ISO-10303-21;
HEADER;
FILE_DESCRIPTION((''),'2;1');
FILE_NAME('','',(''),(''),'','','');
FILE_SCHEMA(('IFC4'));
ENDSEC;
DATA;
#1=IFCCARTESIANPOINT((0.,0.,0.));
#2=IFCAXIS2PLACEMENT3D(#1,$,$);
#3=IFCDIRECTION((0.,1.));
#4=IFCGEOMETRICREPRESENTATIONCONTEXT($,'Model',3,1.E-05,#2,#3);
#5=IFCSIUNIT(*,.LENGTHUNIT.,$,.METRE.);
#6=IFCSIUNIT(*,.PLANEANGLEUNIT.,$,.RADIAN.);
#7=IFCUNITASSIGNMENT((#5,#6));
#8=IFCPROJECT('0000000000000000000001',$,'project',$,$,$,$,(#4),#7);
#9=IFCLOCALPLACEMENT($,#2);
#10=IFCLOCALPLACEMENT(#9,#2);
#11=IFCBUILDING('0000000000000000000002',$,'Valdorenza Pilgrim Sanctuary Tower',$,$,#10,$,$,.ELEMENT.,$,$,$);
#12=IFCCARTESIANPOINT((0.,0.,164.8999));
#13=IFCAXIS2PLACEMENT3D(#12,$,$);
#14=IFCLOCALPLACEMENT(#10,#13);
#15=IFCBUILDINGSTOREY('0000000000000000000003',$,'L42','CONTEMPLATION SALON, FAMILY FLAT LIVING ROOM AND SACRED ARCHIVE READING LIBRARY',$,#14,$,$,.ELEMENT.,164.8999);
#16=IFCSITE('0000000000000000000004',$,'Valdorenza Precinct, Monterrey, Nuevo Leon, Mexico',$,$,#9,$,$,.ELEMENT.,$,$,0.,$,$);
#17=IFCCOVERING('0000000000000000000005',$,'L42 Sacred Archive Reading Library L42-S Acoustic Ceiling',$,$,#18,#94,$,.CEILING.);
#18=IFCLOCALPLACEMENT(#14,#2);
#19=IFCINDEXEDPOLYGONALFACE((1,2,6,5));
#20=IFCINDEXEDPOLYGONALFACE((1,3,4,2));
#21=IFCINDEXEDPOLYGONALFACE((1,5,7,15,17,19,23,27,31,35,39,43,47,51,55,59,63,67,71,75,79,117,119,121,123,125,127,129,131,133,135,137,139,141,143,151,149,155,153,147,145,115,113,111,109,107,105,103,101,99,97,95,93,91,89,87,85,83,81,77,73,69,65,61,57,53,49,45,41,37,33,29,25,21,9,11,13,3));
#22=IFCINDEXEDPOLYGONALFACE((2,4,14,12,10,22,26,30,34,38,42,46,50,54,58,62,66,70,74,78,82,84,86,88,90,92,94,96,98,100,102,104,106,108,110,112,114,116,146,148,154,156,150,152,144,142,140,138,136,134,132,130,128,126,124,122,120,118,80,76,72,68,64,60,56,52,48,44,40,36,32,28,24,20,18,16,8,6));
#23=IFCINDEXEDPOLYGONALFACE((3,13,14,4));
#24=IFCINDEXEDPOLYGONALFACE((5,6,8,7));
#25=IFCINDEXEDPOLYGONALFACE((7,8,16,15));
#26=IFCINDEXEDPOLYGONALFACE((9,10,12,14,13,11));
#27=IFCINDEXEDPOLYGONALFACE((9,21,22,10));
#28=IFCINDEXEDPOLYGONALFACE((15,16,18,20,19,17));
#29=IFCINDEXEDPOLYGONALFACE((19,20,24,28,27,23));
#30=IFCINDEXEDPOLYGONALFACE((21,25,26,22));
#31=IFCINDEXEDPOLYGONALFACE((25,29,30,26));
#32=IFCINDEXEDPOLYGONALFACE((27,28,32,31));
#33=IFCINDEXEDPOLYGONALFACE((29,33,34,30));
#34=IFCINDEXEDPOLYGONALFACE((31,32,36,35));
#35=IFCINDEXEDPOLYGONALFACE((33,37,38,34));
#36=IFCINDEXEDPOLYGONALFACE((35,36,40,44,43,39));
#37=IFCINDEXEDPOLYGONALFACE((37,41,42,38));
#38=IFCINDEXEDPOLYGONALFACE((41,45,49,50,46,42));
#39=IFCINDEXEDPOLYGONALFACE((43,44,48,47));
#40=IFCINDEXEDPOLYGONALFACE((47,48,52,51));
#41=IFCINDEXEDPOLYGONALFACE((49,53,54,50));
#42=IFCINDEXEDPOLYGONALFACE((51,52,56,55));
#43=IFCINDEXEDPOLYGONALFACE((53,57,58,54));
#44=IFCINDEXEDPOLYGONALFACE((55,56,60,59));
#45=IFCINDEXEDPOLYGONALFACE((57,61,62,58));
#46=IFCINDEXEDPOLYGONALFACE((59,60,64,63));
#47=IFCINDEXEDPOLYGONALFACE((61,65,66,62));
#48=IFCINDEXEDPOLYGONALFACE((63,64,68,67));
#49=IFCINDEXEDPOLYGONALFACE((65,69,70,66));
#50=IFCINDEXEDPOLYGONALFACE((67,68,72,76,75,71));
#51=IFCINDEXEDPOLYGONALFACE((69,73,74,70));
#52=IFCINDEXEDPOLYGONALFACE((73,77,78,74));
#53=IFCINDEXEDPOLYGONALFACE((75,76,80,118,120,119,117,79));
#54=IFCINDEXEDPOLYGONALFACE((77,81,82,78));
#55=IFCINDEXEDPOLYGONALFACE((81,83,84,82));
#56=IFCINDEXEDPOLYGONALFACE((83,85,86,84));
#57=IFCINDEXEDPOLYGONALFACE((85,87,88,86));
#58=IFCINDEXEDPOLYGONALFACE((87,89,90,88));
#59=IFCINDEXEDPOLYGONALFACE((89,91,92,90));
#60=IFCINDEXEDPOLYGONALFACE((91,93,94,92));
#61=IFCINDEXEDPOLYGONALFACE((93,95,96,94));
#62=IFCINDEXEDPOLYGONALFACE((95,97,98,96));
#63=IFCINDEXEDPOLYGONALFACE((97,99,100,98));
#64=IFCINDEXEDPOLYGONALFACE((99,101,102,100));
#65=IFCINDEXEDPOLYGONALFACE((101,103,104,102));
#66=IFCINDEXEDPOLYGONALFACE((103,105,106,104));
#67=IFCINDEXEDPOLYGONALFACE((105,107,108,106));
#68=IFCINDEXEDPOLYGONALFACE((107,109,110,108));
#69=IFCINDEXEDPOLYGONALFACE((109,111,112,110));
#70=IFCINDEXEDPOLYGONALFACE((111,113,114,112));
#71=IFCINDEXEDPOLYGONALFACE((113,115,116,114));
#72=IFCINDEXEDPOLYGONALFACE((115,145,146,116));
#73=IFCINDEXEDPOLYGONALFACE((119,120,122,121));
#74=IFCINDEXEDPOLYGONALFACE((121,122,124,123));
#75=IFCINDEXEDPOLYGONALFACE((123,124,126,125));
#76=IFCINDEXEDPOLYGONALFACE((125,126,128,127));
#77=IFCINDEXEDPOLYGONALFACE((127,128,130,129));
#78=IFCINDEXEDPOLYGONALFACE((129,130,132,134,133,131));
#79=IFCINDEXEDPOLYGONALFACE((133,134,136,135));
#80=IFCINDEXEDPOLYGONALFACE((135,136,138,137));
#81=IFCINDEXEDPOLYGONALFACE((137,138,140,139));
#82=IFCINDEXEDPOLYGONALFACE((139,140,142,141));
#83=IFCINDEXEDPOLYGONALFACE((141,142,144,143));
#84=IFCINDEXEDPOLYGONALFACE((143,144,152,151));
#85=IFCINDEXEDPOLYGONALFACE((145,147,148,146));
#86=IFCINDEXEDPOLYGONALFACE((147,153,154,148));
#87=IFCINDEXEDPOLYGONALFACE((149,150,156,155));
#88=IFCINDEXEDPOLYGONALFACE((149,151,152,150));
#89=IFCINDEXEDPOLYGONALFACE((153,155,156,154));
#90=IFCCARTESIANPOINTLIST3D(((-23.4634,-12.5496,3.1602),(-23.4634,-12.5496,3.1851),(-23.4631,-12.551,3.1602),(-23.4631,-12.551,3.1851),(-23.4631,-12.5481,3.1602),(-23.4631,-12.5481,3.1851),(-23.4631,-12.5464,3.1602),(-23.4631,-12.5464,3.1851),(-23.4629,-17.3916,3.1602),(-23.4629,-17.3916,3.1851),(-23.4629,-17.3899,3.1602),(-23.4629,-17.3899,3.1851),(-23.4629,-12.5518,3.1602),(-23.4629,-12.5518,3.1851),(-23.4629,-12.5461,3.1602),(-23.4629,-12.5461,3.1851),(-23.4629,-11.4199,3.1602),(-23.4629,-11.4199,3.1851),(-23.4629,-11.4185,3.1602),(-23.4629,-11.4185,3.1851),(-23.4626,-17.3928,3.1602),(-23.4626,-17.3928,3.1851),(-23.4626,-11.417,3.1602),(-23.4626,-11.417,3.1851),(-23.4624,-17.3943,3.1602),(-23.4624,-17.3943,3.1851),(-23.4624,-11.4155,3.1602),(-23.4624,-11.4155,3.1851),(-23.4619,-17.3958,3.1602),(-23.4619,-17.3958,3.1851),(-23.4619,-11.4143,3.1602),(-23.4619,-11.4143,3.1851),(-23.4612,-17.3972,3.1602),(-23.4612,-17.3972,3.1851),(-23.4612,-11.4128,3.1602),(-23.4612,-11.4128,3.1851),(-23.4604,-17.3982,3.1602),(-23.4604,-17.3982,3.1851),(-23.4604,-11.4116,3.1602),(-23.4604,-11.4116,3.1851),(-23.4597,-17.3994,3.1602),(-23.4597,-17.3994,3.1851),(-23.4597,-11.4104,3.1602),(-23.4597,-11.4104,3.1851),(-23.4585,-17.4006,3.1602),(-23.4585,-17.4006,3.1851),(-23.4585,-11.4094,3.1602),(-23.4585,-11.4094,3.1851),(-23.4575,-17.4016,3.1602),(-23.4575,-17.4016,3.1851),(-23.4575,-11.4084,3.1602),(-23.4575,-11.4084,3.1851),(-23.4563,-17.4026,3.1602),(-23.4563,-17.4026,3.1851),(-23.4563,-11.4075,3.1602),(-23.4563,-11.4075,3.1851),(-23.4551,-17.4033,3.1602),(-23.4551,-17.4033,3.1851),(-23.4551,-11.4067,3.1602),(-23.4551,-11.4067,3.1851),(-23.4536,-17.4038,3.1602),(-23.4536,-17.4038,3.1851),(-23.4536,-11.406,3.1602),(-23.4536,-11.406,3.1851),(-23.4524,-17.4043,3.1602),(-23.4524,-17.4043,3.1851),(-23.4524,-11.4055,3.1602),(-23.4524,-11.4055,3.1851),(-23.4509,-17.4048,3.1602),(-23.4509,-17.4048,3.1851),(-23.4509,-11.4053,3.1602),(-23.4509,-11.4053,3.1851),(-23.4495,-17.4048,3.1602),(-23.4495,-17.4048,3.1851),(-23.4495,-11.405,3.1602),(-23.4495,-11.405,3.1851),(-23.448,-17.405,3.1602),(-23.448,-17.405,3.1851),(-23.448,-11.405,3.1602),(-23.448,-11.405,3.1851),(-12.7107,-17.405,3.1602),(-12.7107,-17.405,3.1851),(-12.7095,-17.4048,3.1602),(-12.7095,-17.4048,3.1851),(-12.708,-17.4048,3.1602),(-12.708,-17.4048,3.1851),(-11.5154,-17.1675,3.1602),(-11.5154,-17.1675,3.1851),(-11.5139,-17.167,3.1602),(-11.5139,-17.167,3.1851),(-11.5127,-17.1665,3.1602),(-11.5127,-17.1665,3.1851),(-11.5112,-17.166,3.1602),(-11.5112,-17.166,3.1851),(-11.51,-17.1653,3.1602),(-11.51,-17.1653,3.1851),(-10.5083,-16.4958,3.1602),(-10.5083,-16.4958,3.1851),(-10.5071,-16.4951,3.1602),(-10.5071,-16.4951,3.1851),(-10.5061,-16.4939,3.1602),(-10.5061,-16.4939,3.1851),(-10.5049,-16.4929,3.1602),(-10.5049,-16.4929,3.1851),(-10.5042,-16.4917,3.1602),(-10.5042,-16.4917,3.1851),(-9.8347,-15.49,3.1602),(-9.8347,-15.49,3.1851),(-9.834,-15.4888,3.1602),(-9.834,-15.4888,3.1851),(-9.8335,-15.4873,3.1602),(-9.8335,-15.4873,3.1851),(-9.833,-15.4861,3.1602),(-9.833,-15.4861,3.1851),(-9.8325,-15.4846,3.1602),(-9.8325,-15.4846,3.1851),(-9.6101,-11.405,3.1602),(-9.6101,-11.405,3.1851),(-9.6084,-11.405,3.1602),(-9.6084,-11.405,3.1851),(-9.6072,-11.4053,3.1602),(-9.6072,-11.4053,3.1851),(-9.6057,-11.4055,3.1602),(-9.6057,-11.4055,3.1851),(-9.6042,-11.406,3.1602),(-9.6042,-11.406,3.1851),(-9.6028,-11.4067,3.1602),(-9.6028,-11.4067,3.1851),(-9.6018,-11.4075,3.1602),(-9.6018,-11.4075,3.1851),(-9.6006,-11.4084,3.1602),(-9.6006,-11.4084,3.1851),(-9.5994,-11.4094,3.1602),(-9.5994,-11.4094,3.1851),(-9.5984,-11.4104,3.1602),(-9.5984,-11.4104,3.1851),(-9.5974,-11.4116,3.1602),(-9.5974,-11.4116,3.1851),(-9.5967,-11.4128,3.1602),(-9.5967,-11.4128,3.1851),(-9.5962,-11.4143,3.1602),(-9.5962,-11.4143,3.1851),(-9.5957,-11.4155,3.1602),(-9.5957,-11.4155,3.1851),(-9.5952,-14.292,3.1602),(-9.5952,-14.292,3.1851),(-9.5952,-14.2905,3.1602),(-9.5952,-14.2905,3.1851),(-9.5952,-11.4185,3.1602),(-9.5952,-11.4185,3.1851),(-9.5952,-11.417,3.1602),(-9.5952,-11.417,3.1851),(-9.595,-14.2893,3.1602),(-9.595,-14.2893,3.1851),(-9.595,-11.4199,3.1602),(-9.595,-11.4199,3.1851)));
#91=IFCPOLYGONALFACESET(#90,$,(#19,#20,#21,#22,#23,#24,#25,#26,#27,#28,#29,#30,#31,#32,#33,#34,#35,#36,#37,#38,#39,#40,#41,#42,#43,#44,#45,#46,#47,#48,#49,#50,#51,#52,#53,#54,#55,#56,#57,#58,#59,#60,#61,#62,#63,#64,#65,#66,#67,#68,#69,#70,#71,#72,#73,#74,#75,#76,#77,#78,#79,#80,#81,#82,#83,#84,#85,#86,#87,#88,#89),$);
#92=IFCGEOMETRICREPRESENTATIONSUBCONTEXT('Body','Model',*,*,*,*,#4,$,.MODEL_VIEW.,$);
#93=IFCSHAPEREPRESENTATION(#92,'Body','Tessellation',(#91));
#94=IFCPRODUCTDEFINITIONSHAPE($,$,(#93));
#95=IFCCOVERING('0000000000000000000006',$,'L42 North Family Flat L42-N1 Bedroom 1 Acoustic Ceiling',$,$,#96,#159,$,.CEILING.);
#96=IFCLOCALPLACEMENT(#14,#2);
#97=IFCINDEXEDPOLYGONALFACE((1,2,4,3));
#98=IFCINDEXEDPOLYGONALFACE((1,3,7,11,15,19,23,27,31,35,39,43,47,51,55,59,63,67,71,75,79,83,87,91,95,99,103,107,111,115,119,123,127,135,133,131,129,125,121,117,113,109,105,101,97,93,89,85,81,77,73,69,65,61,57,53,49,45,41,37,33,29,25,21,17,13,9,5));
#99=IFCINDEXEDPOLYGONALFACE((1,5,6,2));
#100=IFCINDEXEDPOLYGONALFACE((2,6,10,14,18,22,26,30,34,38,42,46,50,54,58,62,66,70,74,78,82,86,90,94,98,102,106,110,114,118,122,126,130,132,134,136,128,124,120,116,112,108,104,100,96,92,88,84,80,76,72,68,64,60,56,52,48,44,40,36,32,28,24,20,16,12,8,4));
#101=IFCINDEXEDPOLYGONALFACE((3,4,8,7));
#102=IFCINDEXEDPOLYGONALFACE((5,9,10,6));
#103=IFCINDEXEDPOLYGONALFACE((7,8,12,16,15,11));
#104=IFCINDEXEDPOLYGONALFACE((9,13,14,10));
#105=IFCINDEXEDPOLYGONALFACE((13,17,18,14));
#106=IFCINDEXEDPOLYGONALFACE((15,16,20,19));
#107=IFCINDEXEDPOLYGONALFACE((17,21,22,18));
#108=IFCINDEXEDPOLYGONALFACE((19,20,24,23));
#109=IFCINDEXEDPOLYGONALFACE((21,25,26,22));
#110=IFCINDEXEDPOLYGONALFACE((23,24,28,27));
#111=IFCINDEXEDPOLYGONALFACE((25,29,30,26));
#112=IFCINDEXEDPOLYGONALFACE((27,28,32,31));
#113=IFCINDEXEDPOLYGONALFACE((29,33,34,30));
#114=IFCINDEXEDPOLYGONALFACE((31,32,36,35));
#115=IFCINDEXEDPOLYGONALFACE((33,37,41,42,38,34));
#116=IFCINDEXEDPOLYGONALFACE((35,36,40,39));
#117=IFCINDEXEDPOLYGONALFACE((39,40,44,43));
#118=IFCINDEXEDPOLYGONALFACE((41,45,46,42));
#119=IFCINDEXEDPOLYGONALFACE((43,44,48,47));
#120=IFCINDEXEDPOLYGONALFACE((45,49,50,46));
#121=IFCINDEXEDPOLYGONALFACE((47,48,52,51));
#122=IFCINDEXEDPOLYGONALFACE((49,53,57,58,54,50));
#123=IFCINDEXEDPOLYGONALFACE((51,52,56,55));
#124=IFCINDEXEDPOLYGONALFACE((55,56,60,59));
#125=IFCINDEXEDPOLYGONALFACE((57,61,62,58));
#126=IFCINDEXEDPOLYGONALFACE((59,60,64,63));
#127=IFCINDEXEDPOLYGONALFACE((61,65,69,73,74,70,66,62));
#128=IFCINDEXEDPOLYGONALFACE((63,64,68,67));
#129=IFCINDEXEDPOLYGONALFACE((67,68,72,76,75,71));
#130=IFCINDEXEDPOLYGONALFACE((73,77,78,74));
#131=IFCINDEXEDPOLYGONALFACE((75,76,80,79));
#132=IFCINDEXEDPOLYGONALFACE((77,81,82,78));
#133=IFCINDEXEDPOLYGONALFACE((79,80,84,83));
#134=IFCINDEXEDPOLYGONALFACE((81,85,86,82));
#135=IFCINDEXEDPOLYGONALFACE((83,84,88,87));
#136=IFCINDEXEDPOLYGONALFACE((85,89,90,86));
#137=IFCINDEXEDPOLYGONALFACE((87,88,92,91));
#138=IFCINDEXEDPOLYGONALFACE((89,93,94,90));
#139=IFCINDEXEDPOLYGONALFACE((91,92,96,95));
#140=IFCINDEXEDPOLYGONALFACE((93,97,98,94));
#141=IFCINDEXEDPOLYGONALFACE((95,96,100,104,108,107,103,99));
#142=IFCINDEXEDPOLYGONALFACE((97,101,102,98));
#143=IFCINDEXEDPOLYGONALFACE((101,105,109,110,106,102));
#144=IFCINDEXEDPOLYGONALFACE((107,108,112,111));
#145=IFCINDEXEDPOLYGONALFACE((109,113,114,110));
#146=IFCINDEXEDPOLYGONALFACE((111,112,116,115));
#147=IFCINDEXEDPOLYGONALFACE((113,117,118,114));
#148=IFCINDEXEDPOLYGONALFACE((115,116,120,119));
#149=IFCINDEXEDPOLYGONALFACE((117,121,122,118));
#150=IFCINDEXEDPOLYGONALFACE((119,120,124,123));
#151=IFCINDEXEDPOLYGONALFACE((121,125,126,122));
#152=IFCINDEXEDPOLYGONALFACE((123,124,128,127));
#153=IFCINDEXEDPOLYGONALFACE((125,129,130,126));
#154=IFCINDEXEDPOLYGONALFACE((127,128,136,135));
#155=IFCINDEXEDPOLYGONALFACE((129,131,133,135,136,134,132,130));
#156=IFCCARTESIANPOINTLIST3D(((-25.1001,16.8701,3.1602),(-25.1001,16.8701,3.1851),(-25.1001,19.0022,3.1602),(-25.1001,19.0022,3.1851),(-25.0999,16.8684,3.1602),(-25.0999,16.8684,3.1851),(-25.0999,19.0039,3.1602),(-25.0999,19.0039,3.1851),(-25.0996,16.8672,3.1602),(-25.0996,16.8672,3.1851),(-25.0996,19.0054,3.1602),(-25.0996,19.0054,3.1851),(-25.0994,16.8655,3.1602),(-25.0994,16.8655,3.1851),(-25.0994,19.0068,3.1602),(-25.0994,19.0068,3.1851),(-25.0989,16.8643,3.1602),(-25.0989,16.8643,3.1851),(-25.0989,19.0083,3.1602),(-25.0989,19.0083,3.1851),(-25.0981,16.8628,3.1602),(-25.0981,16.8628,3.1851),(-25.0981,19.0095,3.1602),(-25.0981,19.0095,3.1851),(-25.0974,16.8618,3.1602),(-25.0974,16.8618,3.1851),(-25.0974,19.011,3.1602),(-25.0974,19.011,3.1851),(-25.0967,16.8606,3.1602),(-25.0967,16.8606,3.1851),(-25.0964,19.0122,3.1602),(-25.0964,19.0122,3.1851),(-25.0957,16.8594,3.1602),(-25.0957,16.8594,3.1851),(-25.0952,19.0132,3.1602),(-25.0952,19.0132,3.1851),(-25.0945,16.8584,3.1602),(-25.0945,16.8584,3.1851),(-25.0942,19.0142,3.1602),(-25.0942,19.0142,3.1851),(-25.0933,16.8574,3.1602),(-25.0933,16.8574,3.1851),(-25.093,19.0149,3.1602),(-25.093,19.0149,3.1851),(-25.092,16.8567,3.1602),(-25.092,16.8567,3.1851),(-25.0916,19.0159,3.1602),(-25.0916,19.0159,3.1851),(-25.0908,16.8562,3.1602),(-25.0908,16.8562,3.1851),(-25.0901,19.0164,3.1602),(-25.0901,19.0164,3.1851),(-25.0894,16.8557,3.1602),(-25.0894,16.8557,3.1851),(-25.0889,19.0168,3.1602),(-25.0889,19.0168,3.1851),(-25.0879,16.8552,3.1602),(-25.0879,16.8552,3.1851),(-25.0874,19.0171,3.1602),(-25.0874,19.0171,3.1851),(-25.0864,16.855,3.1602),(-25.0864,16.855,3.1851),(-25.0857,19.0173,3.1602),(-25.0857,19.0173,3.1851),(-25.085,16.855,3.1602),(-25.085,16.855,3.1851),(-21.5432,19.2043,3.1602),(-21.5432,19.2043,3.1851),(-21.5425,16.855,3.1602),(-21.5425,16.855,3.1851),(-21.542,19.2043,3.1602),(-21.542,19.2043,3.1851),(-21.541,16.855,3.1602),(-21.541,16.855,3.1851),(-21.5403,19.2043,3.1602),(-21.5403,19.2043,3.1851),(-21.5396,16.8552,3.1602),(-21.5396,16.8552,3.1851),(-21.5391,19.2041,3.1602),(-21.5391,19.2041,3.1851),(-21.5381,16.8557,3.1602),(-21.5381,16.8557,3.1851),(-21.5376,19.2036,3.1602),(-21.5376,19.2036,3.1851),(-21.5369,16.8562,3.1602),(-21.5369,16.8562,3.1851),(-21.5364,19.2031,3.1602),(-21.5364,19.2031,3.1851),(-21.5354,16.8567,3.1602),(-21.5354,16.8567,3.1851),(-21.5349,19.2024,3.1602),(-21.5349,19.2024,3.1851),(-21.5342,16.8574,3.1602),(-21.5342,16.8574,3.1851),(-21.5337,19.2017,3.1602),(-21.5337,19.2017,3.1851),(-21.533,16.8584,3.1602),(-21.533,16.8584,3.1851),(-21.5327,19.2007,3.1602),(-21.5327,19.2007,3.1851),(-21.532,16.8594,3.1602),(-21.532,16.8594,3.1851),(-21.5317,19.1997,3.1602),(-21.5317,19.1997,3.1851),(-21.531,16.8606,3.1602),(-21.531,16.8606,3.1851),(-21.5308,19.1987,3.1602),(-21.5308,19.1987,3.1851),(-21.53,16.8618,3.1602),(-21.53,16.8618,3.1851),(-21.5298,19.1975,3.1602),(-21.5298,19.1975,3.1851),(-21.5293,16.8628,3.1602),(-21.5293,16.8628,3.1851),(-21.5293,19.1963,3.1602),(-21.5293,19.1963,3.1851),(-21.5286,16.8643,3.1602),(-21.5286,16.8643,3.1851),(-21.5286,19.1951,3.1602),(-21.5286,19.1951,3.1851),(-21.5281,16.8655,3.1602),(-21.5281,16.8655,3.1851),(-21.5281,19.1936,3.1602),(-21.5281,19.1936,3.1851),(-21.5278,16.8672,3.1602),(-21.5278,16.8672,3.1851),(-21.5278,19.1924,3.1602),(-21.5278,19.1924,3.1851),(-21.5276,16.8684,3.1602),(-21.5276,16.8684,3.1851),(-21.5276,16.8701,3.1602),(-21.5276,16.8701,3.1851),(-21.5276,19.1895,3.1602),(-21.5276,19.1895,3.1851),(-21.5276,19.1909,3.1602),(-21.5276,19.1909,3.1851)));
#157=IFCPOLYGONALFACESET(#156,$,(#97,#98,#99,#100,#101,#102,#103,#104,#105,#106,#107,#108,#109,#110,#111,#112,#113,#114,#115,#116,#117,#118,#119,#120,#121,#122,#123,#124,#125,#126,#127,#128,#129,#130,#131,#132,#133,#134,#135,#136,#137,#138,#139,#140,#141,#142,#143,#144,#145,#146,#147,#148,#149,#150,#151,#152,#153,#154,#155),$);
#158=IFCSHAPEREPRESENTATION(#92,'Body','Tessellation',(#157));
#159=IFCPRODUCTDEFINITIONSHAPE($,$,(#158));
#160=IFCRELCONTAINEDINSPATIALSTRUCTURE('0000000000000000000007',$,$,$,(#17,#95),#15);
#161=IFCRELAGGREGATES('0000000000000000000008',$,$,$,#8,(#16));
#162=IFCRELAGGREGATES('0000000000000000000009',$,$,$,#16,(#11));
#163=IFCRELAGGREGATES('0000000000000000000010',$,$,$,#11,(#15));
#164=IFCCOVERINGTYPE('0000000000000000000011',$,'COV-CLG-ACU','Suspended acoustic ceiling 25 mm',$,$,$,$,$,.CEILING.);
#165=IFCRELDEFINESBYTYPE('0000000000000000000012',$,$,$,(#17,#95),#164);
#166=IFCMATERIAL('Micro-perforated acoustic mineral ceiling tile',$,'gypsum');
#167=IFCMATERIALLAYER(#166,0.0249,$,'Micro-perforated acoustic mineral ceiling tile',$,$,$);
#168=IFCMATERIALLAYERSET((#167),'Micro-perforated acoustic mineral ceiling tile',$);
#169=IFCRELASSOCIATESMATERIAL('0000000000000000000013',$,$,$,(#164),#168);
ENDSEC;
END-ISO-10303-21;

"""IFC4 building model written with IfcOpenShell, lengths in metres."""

from ifc_helpers import new_model, si_unit, direction, frame, origin, place, context, subcontext, project, spatial, polyline, outline, extrude, material, layer, layer_set, type_object, element, save


model = new_model("IFC4")

# Units and contexts
model_context = context("Model", 3, precision=1e-05, world=origin(), true_north=direction((0.0, 1.0)))
body_context = subcontext(model_context, "Body", "Model", "MODEL_VIEW")
ifc_project = project(units=[si_unit("LENGTHUNIT", "METRE"), si_unit("PLANEANGLEUNIT", "RADIAN")], contexts=[model_context])

# Site, building, storey
site_placement = place(None, origin())
site = spatial("IfcSite", under=ifc_project, at=site_placement, Name="Valdorenza Precinct, Monterrey, Nuevo Leon, Mexico", CompositionType="ELEMENT", RefElevation=0.0)
building_placement = place(site_placement, origin())
building = spatial("IfcBuilding", under=site, at=building_placement, Name="Valdorenza Pilgrim Sanctuary Tower", CompositionType="ELEMENT")
storey_placement = place(building_placement, frame((0.0, 0.0, 164.8999)))
storey = spatial("IfcBuildingStorey", under=building, at=storey_placement, Name="L42", Description="CONTEMPLATION SALON, FAMILY FLAT LIVING ROOM AND SACRED ARCHIVE READING LIBRARY", CompositionType="ELEMENT", Elevation=164.8999)

# Coverings
ifc_material_1 = material(Name="Micro-perforated acoustic mineral ceiling tile", Category="gypsum")
ifc_layer_1 = layer(ifc_material_1, 0.0249, Name="Micro-perforated acoustic mineral ceiling tile")
ifc_layer_set_1 = layer_set([ifc_layer_1], Name="Micro-perforated acoustic mineral ceiling tile")
covering_type_1 = type_object("IfcCoveringType", Name="COV-CLG-ACU", Description="Suspended acoustic ceiling 25 mm", PredefinedType="CEILING", material=ifc_layer_set_1)
covering_1_placement = place(storey_placement, frame((0.0, 0.0, 3.1602)))
element("IfcCovering", 1, at=covering_1_placement, inside=storey, type_object=covering_type_1, Name="L42 Sacred Archive Reading Library L42-S Acoustic Ceiling", PredefinedType="CEILING", context=body_context, shape_type="SweptSolid", body=[
    extrude(outline(polyline([(-23.4629, -12.5518), (-23.4631, -12.551), (-23.4634, -12.5496), (-23.4631, -12.5481), (-23.4631, -12.5464), (-23.4629, -12.5461), (-23.4629, -11.4199), (-23.4629, -11.4185), (-23.4626, -11.417), (-23.4624, -11.4155), (-23.4619, -11.4143), (-23.4612, -11.4128), (-23.4604, -11.4116), (-23.4597, -11.4104), (-23.4585, -11.4094), (-23.4575, -11.4084), (-23.4563, -11.4075), (-23.4551, -11.4067), (-23.4536, -11.406), (-23.4524, -11.4055), (-23.4509, -11.4053), (-23.4495, -11.405), (-23.448, -11.405), (-9.6101, -11.405), (-9.6084, -11.405), (-9.6072, -11.4053), (-9.6057, -11.4055), (-9.6042, -11.406), (-9.6028, -11.4067), (-9.6018, -11.4075), (-9.6006, -11.4084), (-9.5994, -11.4094), (-9.5984, -11.4104), (-9.5974, -11.4116), (-9.5967, -11.4128), (-9.5962, -11.4143), (-9.5957, -11.4155), (-9.5952, -11.417), (-9.5952, -11.4185), (-9.595, -11.4199), (-9.595, -14.2893), (-9.5952, -14.2905), (-9.5952, -14.292), (-9.8325, -15.4846), (-9.833, -15.4861), (-9.8335, -15.4873), (-9.834, -15.4888), (-9.8347, -15.49), (-10.5042, -16.4917), (-10.5049, -16.4929), (-10.5061, -16.4939), (-10.5071, -16.4951), (-10.5083, -16.4958), (-11.51, -17.1653), (-11.5112, -17.166), (-11.5127, -17.1665), (-11.5139, -17.167), (-11.5154, -17.1675), (-12.708, -17.4048), (-12.7095, -17.4048), (-12.7107, -17.405), (-23.448, -17.405), (-23.4495, -17.4048), (-23.4509, -17.4048), (-23.4524, -17.4043), (-23.4536, -17.4038), (-23.4551, -17.4033), (-23.4563, -17.4026), (-23.4575, -17.4016), (-23.4585, -17.4006), (-23.4597, -17.3994), (-23.4604, -17.3982), (-23.4612, -17.3972), (-23.4619, -17.3958), (-23.4624, -17.3943), (-23.4626, -17.3928), (-23.4629, -17.3916), (-23.4629, -17.3899), (-23.4629, -12.5518)])), origin(), (0.0, 0.0, 1.0), 0.0249),
])
covering_2_placement = place(storey_placement, frame((0.0, 0.0, 3.1602)))
element("IfcCovering", 2, at=covering_2_placement, inside=storey, type_object=covering_type_1, Name="L42 North Family Flat L42-N1 Bedroom 1 Acoustic Ceiling", PredefinedType="CEILING", context=body_context, shape_type="SweptSolid", body=[
    extrude(outline(polyline([(-25.085, 16.855), (-25.0864, 16.855), (-25.0879, 16.8552), (-25.0894, 16.8557), (-25.0908, 16.8562), (-25.092, 16.8567), (-25.0933, 16.8574), (-25.0945, 16.8584), (-25.0957, 16.8594), (-25.0967, 16.8606), (-25.0974, 16.8618), (-25.0981, 16.8628), (-25.0989, 16.8643), (-25.0994, 16.8655), (-25.0996, 16.8672), (-25.0999, 16.8684), (-25.1001, 16.8701), (-25.1001, 19.0022), (-25.0999, 19.0039), (-25.0996, 19.0054), (-25.0994, 19.0068), (-25.0989, 19.0083), (-25.0981, 19.0095), (-25.0974, 19.011), (-25.0964, 19.0122), (-25.0952, 19.0132), (-25.0942, 19.0142), (-25.093, 19.0149), (-25.0916, 19.0159), (-25.0901, 19.0164), (-25.0889, 19.0168), (-25.0874, 19.0171), (-25.0857, 19.0173), (-21.5432, 19.2043), (-21.542, 19.2043), (-21.5403, 19.2043), (-21.5391, 19.2041), (-21.5376, 19.2036), (-21.5364, 19.2031), (-21.5349, 19.2024), (-21.5337, 19.2017), (-21.5327, 19.2007), (-21.5317, 19.1997), (-21.5308, 19.1987), (-21.5298, 19.1975), (-21.5293, 19.1963), (-21.5286, 19.1951), (-21.5281, 19.1936), (-21.5278, 19.1924), (-21.5276, 19.1909), (-21.5276, 19.1895), (-21.5276, 16.8701), (-21.5276, 16.8684), (-21.5278, 16.8672), (-21.5281, 16.8655), (-21.5286, 16.8643), (-21.5293, 16.8628), (-21.53, 16.8618), (-21.531, 16.8606), (-21.532, 16.8594), (-21.533, 16.8584), (-21.5342, 16.8574), (-21.5354, 16.8567), (-21.5369, 16.8562), (-21.5381, 16.8557), (-21.5396, 16.8552), (-21.541, 16.855), (-21.5425, 16.855), (-25.085, 16.855)])), origin(), (0.0, 0.0, 1.0), 0.0249),
])

save(model, "model.ifc")
